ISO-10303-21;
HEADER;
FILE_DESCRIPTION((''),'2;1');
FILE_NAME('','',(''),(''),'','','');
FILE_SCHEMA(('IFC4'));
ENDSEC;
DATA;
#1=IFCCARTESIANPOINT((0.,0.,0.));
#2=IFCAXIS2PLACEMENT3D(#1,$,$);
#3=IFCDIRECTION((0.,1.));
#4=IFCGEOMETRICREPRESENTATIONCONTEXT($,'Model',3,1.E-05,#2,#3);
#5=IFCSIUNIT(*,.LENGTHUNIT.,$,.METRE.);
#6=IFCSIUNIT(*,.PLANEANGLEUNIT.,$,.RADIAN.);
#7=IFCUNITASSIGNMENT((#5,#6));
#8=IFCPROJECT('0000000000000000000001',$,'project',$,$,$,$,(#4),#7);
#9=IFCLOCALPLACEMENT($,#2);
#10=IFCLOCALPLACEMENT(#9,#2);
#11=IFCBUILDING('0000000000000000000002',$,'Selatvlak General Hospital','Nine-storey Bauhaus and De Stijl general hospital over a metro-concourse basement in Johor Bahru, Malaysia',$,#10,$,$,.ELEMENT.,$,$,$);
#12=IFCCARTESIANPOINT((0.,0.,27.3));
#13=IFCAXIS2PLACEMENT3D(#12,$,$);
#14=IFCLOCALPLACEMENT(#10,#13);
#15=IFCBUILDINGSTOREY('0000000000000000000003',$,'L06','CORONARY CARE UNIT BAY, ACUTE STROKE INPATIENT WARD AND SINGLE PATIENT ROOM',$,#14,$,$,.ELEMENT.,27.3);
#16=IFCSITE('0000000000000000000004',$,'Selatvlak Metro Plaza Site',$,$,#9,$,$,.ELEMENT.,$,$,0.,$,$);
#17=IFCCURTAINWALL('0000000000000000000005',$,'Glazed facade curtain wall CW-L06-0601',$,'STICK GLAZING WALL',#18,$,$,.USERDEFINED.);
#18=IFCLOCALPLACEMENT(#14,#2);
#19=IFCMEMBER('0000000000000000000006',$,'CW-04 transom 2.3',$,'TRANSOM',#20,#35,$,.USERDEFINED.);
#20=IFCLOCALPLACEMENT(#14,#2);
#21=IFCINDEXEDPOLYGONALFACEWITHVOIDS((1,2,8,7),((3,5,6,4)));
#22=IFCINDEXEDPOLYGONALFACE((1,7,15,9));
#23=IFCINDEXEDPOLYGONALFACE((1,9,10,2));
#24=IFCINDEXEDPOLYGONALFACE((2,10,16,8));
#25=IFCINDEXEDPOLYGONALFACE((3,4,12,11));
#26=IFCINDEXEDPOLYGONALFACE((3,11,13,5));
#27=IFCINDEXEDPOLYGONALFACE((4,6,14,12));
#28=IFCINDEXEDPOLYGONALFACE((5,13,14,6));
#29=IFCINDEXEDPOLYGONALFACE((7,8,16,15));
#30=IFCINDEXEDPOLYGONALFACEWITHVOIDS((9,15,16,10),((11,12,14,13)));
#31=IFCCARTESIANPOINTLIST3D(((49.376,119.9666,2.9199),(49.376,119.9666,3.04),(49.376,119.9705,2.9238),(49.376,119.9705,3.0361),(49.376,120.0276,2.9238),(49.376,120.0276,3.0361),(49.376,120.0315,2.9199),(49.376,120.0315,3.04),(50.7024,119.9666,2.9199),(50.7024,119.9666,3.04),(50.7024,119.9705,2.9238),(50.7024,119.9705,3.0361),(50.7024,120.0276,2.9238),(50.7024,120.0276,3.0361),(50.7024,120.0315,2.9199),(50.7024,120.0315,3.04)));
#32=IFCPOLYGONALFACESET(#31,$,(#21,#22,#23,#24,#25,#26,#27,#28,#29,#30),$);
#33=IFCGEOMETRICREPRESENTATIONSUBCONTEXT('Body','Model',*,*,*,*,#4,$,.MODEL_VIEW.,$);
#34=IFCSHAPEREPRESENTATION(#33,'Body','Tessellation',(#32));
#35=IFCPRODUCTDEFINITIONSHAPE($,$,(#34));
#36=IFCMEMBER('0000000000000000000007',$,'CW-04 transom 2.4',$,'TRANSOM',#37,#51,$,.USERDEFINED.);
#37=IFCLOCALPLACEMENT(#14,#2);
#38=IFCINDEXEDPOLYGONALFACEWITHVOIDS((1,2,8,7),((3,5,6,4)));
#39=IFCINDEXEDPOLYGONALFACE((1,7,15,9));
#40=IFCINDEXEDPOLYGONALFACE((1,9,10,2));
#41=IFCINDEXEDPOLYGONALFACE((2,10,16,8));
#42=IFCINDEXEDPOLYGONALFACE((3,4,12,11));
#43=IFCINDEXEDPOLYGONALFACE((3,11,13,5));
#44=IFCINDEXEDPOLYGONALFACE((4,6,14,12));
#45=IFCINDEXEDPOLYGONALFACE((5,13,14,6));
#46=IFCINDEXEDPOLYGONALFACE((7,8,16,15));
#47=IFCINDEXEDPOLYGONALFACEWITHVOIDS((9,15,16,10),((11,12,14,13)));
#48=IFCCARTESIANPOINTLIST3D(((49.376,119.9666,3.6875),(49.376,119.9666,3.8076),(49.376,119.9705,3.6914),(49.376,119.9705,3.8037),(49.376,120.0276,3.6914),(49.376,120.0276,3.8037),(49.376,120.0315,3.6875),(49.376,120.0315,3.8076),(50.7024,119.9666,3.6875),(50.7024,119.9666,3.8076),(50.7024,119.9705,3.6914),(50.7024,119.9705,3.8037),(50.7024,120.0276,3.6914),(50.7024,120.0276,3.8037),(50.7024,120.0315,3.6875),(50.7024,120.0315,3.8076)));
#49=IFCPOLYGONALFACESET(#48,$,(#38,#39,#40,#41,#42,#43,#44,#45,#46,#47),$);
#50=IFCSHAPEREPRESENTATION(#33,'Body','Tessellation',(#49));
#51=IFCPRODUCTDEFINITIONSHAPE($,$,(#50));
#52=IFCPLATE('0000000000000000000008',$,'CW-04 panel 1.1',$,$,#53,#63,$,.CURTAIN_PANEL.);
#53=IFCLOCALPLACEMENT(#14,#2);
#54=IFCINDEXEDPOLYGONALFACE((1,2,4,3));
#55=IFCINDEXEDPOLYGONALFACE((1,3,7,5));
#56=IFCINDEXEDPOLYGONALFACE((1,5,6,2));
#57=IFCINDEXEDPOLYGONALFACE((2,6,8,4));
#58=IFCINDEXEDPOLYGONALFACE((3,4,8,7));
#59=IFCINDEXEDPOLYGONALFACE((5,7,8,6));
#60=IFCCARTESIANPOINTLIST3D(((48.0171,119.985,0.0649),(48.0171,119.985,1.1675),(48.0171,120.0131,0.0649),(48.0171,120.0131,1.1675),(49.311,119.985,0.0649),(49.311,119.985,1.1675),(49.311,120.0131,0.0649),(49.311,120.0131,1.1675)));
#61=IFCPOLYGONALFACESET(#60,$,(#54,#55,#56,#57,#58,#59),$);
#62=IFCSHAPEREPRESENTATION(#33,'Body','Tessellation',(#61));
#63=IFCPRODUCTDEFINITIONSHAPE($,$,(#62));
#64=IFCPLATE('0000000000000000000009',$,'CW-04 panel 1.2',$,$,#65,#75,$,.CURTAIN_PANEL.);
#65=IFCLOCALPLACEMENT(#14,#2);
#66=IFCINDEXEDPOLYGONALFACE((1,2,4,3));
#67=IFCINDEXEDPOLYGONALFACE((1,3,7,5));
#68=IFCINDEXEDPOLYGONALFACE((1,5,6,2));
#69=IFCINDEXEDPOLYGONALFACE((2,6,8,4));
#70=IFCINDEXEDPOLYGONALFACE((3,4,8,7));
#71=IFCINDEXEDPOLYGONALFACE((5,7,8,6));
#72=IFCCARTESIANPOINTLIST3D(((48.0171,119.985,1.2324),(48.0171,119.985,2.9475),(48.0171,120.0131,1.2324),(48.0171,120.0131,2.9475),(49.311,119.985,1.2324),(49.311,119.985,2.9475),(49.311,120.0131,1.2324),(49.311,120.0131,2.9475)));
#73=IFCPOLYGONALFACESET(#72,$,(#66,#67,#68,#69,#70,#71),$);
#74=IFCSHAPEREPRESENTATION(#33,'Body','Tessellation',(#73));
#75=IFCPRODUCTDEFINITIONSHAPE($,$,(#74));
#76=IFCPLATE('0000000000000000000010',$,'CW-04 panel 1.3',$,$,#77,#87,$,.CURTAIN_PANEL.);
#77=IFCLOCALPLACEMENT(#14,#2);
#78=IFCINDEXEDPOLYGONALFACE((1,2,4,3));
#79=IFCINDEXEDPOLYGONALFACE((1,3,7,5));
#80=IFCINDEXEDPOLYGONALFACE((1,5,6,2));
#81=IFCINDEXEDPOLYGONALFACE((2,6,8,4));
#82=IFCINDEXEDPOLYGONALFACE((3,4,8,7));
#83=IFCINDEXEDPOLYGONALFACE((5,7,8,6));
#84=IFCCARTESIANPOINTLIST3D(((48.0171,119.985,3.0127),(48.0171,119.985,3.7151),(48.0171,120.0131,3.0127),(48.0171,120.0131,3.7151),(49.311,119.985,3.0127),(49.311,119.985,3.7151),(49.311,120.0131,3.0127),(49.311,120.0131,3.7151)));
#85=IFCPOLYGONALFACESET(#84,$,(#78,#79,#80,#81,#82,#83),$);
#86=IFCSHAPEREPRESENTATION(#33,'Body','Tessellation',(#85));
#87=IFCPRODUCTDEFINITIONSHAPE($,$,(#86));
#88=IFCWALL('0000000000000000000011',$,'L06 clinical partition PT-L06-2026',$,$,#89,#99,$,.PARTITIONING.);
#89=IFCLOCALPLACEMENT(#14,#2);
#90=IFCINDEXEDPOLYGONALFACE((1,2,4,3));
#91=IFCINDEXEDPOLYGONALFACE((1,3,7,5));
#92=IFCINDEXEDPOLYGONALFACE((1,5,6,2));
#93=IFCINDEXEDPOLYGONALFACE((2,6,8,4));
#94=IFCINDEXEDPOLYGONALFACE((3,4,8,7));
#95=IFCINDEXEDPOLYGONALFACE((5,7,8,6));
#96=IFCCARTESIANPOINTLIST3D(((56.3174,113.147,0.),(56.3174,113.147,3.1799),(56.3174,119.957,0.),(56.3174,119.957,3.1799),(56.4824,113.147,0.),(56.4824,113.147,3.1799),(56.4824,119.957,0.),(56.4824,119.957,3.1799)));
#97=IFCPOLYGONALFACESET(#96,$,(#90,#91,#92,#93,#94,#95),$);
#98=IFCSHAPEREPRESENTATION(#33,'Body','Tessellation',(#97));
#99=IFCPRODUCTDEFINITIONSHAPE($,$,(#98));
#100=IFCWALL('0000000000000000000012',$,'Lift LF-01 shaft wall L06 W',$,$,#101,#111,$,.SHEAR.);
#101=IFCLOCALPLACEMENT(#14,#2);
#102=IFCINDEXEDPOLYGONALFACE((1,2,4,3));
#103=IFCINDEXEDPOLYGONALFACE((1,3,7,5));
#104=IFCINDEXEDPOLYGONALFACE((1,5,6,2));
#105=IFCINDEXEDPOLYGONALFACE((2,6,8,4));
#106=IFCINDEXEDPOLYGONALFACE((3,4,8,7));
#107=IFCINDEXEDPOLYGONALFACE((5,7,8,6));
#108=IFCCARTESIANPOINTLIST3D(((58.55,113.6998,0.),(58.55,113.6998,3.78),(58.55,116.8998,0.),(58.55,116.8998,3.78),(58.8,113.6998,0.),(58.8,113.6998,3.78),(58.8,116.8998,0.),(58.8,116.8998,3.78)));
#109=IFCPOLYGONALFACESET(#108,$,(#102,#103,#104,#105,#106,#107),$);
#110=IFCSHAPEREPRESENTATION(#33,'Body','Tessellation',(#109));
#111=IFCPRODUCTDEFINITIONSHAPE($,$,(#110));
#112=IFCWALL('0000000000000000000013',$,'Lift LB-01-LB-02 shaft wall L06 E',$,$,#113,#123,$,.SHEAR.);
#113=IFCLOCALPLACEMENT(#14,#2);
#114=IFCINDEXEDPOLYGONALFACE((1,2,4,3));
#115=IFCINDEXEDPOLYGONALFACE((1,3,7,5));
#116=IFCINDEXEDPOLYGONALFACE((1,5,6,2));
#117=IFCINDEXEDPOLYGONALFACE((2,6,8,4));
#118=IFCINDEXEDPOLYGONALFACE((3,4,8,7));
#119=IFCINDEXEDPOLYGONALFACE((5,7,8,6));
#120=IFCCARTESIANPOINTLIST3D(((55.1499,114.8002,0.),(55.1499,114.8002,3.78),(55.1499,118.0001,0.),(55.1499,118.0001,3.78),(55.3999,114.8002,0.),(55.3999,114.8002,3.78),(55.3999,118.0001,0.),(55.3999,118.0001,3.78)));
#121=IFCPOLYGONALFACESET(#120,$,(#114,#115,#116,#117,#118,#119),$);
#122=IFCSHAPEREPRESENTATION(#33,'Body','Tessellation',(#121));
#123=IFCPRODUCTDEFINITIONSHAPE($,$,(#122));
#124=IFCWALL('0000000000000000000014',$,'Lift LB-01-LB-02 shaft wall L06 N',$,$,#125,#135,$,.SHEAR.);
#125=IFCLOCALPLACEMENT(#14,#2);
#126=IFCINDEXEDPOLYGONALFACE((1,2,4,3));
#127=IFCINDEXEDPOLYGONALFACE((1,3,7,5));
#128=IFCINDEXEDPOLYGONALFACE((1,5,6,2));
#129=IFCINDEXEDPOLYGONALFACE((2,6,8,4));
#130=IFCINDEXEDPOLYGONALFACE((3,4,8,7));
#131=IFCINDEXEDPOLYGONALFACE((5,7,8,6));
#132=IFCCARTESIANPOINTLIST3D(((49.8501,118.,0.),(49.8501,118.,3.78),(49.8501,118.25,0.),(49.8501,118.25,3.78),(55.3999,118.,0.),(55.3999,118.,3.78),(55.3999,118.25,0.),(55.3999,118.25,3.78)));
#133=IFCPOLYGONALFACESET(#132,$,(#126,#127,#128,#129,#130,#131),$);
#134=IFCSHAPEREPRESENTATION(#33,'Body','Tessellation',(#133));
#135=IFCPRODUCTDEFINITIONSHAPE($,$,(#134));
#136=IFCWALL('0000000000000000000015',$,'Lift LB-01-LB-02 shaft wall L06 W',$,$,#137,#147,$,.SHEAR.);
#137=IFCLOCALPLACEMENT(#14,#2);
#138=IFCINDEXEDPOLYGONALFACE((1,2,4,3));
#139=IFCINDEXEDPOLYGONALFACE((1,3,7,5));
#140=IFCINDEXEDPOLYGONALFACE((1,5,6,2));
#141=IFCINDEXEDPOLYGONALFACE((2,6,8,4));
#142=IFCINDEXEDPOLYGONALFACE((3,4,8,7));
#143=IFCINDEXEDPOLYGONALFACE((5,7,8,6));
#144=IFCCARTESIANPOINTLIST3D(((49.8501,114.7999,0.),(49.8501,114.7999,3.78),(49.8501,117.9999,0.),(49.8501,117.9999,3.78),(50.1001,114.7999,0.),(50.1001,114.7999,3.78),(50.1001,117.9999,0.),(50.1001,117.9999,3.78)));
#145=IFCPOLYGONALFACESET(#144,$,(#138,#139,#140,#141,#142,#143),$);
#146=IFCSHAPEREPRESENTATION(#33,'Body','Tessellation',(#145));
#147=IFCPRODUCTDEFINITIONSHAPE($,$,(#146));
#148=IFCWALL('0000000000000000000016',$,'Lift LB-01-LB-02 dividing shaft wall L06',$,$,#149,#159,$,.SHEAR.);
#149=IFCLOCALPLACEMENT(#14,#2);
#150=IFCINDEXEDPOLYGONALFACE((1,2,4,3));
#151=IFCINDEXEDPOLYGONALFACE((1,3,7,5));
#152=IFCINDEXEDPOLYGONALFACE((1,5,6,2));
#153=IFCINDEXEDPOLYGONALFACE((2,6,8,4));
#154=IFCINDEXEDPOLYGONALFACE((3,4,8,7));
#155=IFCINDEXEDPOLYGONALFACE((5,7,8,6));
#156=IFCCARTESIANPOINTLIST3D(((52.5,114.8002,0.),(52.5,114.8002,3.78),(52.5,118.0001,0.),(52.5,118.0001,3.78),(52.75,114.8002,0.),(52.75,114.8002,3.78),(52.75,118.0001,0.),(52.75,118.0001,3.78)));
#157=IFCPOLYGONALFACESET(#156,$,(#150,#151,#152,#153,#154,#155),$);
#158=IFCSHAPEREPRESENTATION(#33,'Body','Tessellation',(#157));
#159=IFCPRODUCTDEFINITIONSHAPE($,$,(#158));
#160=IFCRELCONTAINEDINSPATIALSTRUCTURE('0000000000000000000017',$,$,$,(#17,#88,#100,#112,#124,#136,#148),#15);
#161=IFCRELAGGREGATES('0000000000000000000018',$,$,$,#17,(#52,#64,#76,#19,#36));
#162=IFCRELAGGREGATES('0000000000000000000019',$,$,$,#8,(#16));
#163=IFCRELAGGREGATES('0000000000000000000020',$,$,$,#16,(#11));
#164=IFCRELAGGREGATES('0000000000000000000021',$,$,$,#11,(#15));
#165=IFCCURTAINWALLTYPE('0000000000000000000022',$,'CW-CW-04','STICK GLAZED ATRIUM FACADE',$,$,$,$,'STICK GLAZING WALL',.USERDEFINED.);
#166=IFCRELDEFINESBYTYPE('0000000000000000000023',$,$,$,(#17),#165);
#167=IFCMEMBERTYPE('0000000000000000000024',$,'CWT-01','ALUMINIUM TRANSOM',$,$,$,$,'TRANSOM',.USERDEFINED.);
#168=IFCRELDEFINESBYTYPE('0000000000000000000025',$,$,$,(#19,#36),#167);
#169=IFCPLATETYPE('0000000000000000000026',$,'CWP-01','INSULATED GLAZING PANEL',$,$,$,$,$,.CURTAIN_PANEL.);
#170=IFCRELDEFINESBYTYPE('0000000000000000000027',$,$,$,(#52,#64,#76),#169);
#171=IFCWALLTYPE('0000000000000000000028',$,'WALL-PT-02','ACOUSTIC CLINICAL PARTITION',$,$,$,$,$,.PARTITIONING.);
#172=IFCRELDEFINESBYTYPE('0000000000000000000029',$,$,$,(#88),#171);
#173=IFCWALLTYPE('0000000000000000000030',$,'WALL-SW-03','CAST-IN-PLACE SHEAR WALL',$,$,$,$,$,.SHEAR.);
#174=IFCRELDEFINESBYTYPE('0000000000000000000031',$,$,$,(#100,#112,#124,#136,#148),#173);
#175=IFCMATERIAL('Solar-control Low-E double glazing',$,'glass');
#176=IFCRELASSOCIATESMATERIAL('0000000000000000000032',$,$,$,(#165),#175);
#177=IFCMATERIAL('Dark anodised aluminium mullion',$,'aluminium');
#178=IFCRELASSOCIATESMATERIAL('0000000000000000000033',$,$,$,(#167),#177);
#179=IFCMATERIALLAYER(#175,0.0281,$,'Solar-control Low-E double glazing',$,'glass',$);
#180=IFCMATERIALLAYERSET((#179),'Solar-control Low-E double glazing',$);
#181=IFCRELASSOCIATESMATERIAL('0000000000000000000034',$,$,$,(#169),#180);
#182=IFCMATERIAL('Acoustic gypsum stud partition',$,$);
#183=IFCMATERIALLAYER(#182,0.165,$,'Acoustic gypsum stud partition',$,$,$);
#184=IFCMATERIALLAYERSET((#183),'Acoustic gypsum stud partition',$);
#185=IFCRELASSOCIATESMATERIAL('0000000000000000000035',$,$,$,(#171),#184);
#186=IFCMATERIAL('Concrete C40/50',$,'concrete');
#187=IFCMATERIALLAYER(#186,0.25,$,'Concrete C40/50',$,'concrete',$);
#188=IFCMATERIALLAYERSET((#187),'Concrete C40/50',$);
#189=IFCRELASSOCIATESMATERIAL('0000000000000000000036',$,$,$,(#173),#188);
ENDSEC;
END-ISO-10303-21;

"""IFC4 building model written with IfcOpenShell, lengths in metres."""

from ifc_helpers import new_model, si_unit, direction, frame, frame_2d, origin, origin_2d, place, context, subcontext, project, spatial, rectangle, hollow_rectangle, extrude, material, layer, layer_set, material_profile, profile_set, type_object, element, aggregate, save


model = new_model("IFC4")

# Units and contexts
model_context = context("Model", 3, precision=1e-05, world=origin(), true_north=direction((0.0, 1.0)))
body_context = subcontext(model_context, "Body", "Model", "MODEL_VIEW")
ifc_project = project(units=[si_unit("LENGTHUNIT", "METRE"), si_unit("PLANEANGLEUNIT", "RADIAN")], contexts=[model_context])

# Site, building, storey
site_placement = place(None, origin())
site = spatial("IfcSite", under=ifc_project, at=site_placement, Name="Selatvlak Metro Plaza Site", CompositionType="ELEMENT", RefElevation=0.0)
building_placement = place(site_placement, origin())
building = spatial("IfcBuilding", under=site, at=building_placement, Name="Selatvlak General Hospital", Description="Nine-storey Bauhaus and De Stijl general hospital over a metro-concourse basement in Johor Bahru, Malaysia", CompositionType="ELEMENT")
storey_placement = place(building_placement, frame((0.0, 0.0, 27.3)))
storey = spatial("IfcBuildingStorey", under=building, at=storey_placement, Name="L06", Description="CORONARY CARE UNIT BAY, ACUTE STROKE INPATIENT WARD AND SINGLE PATIENT ROOM", CompositionType="ELEMENT", Elevation=27.3)

# Shared definitions
ifc_material_1 = material(Name="Concrete C40/50", Category="concrete")

# Curtain wall, members, plates
ifc_material_2 = material(Name="Solar-control Low-E double glazing", Category="glass")
curtain_wall_type = type_object("IfcCurtainWallType", Name="CW-CW-04", Description="STICK GLAZED ATRIUM FACADE", ElementType="STICK GLAZING WALL", PredefinedType="USERDEFINED", material=ifc_material_2)
curtain_wall_placement = place(storey_placement, origin())
curtain_wall = element("IfcCurtainWall", 1, at=curtain_wall_placement, inside=storey, type_object=curtain_wall_type, Name="Glazed facade curtain wall CW-L06-0601", ObjectType="STICK GLAZING WALL", PredefinedType="USERDEFINED")
ifc_material_3 = material(Name="Dark anodised aluminium mullion", Category="aluminium")
ifc_material_profile_1 = material_profile(ifc_material_3, hollow_rectangle(XDim=0.0649, YDim=0.1201, WallThickness=0.0039, at=origin_2d()), Name="AL-TRN 65x120x4")
ifc_profile_set_1 = profile_set([ifc_material_profile_1], Name="Dark anodised aluminium mullion")
member_type_1 = type_object("IfcMemberType", Name="CWT-01", Description="ALUMINIUM TRANSOM", ElementType="TRANSOM", PredefinedType="USERDEFINED", material=ifc_profile_set_1)
member_1_placement = place(storey_placement, frame((49.376, 119.999, 2.98), z_axis=(1.0, 0.0, 0.0), x_axis=(0.0, 1.0, 0.0)))
member_1 = element("IfcMember", 2, at=member_1_placement, type_object=member_type_1, Name="CW-04 transom 2.3", ObjectType="TRANSOM", PredefinedType="USERDEFINED", context=body_context, shape_type="SweptSolid", body=[
    extrude(hollow_rectangle(XDim=0.0649, YDim=0.1201, WallThickness=0.0039, at=origin_2d()), origin(), (0.0, 0.0, 1.0), 1.3264),
])
member_2_placement = place(storey_placement, frame((49.376, 119.999, 3.7476), z_axis=(1.0, 0.0, 0.0), x_axis=(0.0, 1.0, 0.0)))
member_2 = element("IfcMember", 3, at=member_2_placement, type_object=member_type_1, Name="CW-04 transom 2.4", ObjectType="TRANSOM", PredefinedType="USERDEFINED", context=body_context, shape_type="SweptSolid", body=[
    extrude(hollow_rectangle(XDim=0.0649, YDim=0.1201, WallThickness=0.0039, at=origin_2d()), origin(), (0.0, 0.0, 1.0), 1.3264),
])
ifc_layer_1 = layer(ifc_material_2, 0.0281, Name="Solar-control Low-E double glazing", Category="glass")
ifc_layer_set_1 = layer_set([ifc_layer_1], Name="Solar-control Low-E double glazing")
plate_type = type_object("IfcPlateType", Name="CWP-01", Description="INSULATED GLAZING PANEL", PredefinedType="CURTAIN_PANEL", material=ifc_layer_set_1)
plate_1_placement = place(storey_placement, frame((48.6641, 119.999, 0.0649), z_axis=(0.0, 0.0, 1.0), x_axis=(1.0, 0.0, 0.0)))
plate_1 = element("IfcPlate", 4, at=plate_1_placement, type_object=plate_type, Name="CW-04 panel 1.1", PredefinedType="CURTAIN_PANEL", context=body_context, shape_type="SweptSolid", body=[
    extrude(rectangle(XDim=1.2939, YDim=0.0281, at=origin_2d()), origin(), (0.0, 0.0, 1.0), 1.1025),
])
plate_2_placement = place(storey_placement, frame((48.6641, 119.999, 1.2324), z_axis=(0.0, 0.0, 1.0), x_axis=(1.0, 0.0, 0.0)))
plate_2 = element("IfcPlate", 5, at=plate_2_placement, type_object=plate_type, Name="CW-04 panel 1.2", PredefinedType="CURTAIN_PANEL", context=body_context, shape_type="SweptSolid", body=[
    extrude(rectangle(XDim=1.2939, YDim=0.0281, at=origin_2d()), origin(), (0.0, 0.0, 1.0), 1.7151),
])
plate_3_placement = place(storey_placement, frame((48.6641, 119.999, 3.0127), z_axis=(0.0, 0.0, 1.0), x_axis=(1.0, 0.0, 0.0)))
plate_3 = element("IfcPlate", 6, at=plate_3_placement, type_object=plate_type, Name="CW-04 panel 1.3", PredefinedType="CURTAIN_PANEL", context=body_context, shape_type="SweptSolid", body=[
    extrude(rectangle(XDim=1.2939, YDim=0.0281, at=origin_2d()), origin(), (0.0, 0.0, 1.0), 0.7024),
])
aggregate(curtain_wall, [plate_1, plate_2, plate_3, member_1, member_2])

# Walls
ifc_material_4 = material(Name="Acoustic gypsum stud partition")
ifc_layer_2 = layer(ifc_material_4, 0.165, Name="Acoustic gypsum stud partition")
ifc_layer_set_2 = layer_set([ifc_layer_2], Name="Acoustic gypsum stud partition")
wall_type_1 = type_object("IfcWallType", Name="WALL-PT-02", Description="ACOUSTIC CLINICAL PARTITION", PredefinedType="PARTITIONING", material=ifc_layer_set_2)
wall_1_placement = place(storey_placement, frame((56.3999, 119.957, 0.0), z_axis=(0.0, 0.0, 1.0), x_axis=(0.0, -1.0, 0.0)))
element("IfcWall", 7, at=wall_1_placement, inside=storey, type_object=wall_type_1, Name="L06 clinical partition PT-L06-2026", PredefinedType="PARTITIONING", context=body_context, shape_type="SweptSolid", body=[
    extrude(rectangle(XDim=6.8101, YDim=0.165, at=frame_2d((3.405, 0.0))), origin(), (0.0, 0.0, 1.0), 3.1799),
])
ifc_layer_3 = layer(ifc_material_1, 0.25, Name="Concrete C40/50", Category="concrete")
ifc_layer_set_3 = layer_set([ifc_layer_3], Name="Concrete C40/50")
wall_type_2 = type_object("IfcWallType", Name="WALL-SW-03", Description="CAST-IN-PLACE SHEAR WALL", PredefinedType="SHEAR", material=ifc_layer_set_3)
for number, where, z_axis, x_axis, name in (
    (8, (58.675, 116.8999, 0.0), (0.0, 0.0, 1.0), (0.0, -1.0, 0.0), "Lift LF-01 shaft wall L06 W"),
    (9, (55.2749, 114.8, 0.0), (0.0, 0.0, 1.0), (0.0, 1.0, 0.0), "Lift LB-01-LB-02 shaft wall L06 E"),
):
    element("IfcWall", number, at=place(storey_placement, frame(where, z_axis=z_axis, x_axis=x_axis)), inside=storey, type_object=wall_type_2, Name=name, PredefinedType="SHEAR", context=body_context, shape_type="SweptSolid", body=[
        extrude(rectangle(XDim=3.2, YDim=0.25, at=frame_2d((1.6001, 0.0))), origin(), (0.0, 0.0, 1.0), 3.78),
    ])
wall_2_placement = place(storey_placement, frame((55.3999, 118.125, 0.0), z_axis=(0.0, 0.0, 1.0), x_axis=(-1.0, 0.0, 0.0)))
element("IfcWall", 10, at=wall_2_placement, inside=storey, type_object=wall_type_2, Name="Lift LB-01-LB-02 shaft wall L06 N", PredefinedType="SHEAR", context=body_context, shape_type="SweptSolid", body=[
    extrude(rectangle(XDim=5.5498, YDim=0.25, at=frame_2d((2.7749, 0.0))), origin(), (0.0, 0.0, 1.0), 3.78),
])
for number, where, z_axis, x_axis, name in (
    (11, (49.9751, 118.0, 0.0), (0.0, 0.0, 1.0), (0.0, -1.0, 0.0), "Lift LB-01-LB-02 shaft wall L06 W"),
    (12, (52.625, 114.8, 0.0), (0.0, 0.0, 1.0), (0.0, 1.0, 0.0), "Lift LB-01-LB-02 dividing shaft wall L06"),
):
    element("IfcWall", number, at=place(storey_placement, frame(where, z_axis=z_axis, x_axis=x_axis)), inside=storey, type_object=wall_type_2, Name=name, PredefinedType="SHEAR", context=body_context, shape_type="SweptSolid", body=[
        extrude(rectangle(XDim=3.2, YDim=0.25, at=frame_2d((1.6001, 0.0))), origin(), (0.0, 0.0, 1.0), 3.78),
    ])

save(model, "model.ifc")
